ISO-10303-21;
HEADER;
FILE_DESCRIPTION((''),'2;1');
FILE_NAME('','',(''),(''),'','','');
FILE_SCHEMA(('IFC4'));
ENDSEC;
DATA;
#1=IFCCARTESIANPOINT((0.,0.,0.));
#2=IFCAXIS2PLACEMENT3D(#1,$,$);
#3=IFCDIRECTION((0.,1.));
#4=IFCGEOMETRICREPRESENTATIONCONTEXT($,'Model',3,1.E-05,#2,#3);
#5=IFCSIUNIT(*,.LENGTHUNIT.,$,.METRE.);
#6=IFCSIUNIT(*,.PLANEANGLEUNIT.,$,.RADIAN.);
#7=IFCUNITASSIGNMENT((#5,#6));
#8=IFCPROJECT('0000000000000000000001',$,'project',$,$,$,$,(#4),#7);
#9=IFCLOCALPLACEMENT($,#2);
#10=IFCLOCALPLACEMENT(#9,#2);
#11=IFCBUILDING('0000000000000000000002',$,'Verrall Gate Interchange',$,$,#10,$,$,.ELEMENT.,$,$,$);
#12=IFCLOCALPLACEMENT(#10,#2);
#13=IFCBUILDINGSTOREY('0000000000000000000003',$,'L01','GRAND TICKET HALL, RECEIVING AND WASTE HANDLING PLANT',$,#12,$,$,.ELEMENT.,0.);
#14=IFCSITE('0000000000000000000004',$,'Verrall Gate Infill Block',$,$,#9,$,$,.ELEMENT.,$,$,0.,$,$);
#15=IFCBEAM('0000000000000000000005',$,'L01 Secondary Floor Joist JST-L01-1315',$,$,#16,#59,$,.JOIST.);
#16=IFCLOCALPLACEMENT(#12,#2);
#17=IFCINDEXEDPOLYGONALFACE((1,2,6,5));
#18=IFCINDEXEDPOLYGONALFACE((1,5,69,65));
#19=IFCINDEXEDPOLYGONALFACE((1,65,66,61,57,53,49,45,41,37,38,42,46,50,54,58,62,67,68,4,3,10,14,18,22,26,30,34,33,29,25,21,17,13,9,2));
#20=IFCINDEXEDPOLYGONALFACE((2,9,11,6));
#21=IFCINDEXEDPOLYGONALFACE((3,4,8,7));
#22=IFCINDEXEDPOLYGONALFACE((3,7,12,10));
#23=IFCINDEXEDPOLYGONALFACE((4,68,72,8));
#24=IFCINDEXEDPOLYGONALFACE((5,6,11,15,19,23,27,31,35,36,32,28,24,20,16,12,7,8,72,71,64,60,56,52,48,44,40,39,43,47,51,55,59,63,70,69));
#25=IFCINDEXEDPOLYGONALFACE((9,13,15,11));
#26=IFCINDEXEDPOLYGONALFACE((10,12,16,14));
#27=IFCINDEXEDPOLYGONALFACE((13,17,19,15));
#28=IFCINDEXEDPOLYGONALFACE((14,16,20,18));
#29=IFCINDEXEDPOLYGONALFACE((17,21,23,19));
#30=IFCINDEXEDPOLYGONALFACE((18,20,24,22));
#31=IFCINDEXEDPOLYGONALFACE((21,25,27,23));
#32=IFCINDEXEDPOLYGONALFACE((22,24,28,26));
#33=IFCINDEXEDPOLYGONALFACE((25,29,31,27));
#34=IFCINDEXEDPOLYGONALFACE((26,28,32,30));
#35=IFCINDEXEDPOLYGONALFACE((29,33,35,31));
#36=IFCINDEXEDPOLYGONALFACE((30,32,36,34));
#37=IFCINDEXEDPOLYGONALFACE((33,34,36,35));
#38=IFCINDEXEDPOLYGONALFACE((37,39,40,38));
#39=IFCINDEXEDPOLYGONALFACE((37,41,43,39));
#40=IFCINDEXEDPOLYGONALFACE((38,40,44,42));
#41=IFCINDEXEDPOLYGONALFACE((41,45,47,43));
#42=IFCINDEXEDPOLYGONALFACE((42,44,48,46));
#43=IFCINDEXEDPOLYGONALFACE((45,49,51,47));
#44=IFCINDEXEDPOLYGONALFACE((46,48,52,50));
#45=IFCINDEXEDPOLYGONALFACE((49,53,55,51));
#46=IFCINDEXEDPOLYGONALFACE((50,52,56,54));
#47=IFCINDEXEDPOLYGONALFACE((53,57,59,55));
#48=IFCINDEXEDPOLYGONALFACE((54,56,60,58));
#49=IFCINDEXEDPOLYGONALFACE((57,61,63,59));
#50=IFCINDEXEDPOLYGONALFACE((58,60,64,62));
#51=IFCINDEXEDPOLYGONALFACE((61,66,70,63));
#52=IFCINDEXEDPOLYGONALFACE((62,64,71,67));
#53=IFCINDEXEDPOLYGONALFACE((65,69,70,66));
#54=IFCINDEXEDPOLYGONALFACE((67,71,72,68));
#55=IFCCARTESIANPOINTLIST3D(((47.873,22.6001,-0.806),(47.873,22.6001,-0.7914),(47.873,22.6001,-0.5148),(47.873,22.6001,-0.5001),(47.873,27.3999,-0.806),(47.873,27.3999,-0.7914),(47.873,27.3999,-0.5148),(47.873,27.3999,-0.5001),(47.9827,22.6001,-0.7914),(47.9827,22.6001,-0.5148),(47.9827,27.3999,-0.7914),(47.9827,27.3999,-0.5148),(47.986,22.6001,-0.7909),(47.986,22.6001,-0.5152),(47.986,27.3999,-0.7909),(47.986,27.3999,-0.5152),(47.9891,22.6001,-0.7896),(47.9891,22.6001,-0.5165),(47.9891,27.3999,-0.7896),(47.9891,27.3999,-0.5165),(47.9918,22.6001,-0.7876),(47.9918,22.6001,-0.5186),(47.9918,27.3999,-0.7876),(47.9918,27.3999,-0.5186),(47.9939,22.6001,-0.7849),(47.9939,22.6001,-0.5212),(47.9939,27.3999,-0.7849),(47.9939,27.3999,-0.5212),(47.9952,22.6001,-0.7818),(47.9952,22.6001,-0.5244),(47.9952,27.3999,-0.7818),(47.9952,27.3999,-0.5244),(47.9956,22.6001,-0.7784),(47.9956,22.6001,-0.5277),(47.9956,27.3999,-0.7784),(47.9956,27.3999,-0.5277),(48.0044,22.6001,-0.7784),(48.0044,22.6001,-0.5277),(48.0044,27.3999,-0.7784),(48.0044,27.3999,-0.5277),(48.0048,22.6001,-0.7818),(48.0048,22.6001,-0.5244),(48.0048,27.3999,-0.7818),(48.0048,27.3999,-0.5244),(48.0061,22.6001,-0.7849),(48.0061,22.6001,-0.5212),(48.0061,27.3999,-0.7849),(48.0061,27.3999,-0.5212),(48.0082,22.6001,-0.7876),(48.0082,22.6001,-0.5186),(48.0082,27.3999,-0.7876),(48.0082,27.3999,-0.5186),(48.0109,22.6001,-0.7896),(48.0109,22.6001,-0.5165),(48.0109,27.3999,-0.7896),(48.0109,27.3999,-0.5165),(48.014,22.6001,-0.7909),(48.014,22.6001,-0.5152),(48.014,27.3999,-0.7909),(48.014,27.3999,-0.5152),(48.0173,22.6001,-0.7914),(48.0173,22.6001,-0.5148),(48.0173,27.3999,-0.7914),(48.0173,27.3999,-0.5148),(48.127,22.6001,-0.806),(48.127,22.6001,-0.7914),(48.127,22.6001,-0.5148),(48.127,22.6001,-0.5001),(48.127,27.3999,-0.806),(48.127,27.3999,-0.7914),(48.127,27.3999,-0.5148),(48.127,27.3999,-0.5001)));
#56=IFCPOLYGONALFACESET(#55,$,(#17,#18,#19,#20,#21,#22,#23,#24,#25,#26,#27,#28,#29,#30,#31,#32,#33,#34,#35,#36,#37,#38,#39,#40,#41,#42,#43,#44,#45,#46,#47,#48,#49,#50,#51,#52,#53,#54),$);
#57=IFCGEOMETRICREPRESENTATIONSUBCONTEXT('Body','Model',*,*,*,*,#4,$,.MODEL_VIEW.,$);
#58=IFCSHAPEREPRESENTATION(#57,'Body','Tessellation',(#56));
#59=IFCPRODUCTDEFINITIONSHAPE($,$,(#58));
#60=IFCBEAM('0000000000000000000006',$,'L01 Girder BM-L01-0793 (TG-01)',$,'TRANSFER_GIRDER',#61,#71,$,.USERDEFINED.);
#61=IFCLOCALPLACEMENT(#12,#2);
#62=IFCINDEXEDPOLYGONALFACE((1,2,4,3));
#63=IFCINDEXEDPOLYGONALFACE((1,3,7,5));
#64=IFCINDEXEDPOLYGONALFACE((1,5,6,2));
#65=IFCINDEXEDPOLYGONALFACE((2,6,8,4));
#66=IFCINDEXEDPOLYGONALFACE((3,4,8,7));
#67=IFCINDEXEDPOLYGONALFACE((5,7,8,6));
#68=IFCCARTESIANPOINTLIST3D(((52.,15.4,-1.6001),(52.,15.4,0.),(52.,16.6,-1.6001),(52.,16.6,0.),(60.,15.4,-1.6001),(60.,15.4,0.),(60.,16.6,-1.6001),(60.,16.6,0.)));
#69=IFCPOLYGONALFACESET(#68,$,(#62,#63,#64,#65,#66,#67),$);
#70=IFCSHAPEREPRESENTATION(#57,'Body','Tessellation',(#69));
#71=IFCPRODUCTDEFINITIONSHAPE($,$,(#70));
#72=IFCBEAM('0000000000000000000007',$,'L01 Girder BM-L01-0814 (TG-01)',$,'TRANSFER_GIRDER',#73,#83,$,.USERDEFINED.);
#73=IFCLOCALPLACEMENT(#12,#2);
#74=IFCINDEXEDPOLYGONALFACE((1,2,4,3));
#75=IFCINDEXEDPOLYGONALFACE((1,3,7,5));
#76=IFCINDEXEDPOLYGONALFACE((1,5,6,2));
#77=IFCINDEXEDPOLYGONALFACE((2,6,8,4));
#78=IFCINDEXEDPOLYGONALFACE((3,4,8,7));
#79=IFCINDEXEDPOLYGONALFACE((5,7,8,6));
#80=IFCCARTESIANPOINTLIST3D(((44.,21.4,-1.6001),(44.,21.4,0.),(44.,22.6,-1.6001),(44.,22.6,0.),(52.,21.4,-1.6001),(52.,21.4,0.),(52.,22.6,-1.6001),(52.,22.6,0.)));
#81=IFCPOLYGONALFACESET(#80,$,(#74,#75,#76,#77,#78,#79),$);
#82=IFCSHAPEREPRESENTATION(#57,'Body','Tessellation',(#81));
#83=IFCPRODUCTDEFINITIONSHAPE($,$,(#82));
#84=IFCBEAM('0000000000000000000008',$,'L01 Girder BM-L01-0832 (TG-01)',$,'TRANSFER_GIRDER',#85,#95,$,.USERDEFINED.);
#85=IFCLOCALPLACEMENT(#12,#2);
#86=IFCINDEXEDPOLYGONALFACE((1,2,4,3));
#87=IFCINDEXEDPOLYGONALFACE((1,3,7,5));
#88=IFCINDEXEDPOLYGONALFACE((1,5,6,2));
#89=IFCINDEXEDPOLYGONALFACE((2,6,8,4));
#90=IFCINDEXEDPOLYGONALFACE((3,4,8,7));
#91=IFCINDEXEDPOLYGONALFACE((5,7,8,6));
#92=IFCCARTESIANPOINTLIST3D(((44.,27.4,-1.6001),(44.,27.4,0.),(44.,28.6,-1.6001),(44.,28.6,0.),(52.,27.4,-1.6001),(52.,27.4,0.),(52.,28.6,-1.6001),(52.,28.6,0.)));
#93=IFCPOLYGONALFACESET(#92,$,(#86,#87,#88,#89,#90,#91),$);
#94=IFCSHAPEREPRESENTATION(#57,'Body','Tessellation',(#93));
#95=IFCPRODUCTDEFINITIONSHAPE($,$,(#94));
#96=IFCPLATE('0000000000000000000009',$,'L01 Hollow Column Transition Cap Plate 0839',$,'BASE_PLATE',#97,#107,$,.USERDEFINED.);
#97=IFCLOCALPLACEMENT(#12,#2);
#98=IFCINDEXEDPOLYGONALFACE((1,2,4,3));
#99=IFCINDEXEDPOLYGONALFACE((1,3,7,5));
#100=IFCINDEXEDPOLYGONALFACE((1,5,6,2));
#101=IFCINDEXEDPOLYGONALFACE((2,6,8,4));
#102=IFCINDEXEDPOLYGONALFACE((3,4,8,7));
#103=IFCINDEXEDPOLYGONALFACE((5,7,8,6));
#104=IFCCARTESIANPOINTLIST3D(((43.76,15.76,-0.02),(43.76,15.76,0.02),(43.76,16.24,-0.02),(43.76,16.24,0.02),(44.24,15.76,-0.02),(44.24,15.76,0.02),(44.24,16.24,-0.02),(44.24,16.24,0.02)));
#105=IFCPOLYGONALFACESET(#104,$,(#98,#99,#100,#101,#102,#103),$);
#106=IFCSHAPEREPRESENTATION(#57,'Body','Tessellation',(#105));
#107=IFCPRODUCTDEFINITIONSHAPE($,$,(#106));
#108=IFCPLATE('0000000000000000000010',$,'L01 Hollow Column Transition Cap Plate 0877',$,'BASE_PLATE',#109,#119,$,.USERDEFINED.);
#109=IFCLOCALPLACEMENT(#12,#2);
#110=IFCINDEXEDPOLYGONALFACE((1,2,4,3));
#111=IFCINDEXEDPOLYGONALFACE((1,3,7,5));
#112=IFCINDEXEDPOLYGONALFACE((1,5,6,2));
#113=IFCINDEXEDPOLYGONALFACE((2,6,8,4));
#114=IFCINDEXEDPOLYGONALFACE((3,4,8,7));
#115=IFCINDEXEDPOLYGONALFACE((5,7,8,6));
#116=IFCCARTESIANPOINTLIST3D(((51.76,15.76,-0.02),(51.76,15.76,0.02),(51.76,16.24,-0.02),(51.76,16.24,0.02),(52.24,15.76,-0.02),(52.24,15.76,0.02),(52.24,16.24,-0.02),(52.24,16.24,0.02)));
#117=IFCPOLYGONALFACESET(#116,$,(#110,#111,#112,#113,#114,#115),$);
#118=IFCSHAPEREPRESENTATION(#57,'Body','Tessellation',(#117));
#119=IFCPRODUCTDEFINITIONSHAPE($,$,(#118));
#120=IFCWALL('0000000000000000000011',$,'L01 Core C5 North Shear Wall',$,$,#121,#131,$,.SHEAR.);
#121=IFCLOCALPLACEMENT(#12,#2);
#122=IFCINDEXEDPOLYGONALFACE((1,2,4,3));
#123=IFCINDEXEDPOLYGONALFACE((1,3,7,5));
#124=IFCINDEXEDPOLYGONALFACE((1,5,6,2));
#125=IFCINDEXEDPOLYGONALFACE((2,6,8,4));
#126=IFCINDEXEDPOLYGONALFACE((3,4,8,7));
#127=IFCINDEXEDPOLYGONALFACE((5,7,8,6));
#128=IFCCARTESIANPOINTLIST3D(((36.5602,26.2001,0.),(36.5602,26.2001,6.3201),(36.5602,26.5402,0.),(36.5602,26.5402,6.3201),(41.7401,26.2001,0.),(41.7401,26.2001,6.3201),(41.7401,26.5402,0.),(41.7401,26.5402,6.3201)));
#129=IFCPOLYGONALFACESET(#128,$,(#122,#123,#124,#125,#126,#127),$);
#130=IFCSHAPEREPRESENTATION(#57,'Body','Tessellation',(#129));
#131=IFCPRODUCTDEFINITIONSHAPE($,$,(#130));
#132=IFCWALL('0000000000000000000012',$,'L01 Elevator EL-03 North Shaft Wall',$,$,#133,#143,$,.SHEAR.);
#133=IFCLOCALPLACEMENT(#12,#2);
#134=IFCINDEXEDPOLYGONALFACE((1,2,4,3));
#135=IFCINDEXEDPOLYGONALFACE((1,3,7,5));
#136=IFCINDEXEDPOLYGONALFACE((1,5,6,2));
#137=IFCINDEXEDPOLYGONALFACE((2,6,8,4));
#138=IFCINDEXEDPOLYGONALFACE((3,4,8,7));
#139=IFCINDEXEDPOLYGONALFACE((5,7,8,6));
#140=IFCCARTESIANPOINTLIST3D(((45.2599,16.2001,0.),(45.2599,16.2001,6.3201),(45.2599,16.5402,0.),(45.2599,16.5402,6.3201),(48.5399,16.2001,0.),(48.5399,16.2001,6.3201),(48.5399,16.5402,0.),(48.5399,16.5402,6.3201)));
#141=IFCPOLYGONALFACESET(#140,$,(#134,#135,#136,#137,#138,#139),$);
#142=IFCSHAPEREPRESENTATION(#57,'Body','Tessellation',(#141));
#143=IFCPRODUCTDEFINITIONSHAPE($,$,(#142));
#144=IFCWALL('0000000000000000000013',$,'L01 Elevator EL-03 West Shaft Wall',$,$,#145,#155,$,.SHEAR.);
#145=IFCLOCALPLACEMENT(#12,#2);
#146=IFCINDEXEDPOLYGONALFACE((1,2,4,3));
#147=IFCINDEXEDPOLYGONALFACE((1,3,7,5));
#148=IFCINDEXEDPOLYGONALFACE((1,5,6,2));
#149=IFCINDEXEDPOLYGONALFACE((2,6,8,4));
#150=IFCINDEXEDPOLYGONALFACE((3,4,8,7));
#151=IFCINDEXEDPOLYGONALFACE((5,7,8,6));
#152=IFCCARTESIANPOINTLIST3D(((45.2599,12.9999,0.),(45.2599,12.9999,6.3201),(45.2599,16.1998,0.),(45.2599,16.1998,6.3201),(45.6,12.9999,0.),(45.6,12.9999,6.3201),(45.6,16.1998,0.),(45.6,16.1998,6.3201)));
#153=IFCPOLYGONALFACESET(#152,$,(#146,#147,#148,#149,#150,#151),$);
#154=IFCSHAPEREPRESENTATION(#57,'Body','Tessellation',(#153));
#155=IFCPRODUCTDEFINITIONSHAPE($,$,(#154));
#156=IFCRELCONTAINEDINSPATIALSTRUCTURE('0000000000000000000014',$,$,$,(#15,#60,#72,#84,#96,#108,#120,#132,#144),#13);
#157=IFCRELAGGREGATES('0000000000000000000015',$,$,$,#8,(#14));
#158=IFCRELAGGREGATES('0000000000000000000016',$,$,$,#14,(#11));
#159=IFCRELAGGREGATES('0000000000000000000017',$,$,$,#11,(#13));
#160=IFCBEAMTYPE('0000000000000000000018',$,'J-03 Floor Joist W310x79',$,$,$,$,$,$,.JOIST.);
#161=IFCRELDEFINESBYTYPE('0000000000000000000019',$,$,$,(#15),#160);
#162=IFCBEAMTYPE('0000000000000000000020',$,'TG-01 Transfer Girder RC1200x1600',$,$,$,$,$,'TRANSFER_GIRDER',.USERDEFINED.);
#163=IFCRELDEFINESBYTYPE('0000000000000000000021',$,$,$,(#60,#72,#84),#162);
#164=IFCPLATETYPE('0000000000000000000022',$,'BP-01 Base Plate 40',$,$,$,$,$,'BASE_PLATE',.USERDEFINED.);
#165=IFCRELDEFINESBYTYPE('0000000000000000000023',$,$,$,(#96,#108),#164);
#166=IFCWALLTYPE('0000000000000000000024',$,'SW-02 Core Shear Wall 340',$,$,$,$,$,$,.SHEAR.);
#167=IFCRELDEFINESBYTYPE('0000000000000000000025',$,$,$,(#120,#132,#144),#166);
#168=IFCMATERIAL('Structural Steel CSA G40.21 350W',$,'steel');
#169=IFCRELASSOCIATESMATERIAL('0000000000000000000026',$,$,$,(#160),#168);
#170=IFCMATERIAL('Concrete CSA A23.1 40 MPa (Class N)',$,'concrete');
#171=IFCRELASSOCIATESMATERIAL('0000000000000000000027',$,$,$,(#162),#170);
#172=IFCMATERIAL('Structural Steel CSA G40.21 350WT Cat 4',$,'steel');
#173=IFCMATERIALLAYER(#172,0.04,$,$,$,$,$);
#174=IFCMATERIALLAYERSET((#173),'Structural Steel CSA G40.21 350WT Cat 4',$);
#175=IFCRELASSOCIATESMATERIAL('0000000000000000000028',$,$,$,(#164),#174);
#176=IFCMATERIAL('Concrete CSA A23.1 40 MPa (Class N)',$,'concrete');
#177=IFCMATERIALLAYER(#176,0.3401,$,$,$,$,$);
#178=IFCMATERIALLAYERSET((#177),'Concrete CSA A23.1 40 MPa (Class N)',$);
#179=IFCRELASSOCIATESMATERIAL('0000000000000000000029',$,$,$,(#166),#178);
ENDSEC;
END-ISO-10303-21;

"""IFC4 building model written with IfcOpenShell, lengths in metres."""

from ifc_helpers import new_model, si_unit, direction, frame, frame_2d, origin, origin_2d, place, context, subcontext, project, spatial, rectangle, i_section, extrude, material, layer, layer_set, material_profile, profile_set, type_object, element, save


model = new_model("IFC4")

# Units and contexts
model_context = context("Model", 3, precision=1e-05, world=origin(), true_north=direction((0.0, 1.0)))
body_context = subcontext(model_context, "Body", "Model", "MODEL_VIEW")
ifc_project = project(units=[si_unit("LENGTHUNIT", "METRE"), si_unit("PLANEANGLEUNIT", "RADIAN")], contexts=[model_context])

# Site, building, storey
site_placement = place(None, origin())
site = spatial("IfcSite", under=ifc_project, at=site_placement, Name="Verrall Gate Infill Block", CompositionType="ELEMENT", RefElevation=0.0)
building_placement = place(site_placement, origin())
building = spatial("IfcBuilding", under=site, at=building_placement, Name="Verrall Gate Interchange", CompositionType="ELEMENT")
storey_placement = place(building_placement, origin())
storey = spatial("IfcBuildingStorey", under=building, at=storey_placement, Name="L01", Description="GRAND TICKET HALL, RECEIVING AND WASTE HANDLING PLANT", CompositionType="ELEMENT", Elevation=0.0)

# Beams
ifc_material_1 = material(Name="Structural Steel CSA G40.21 350W", Category="steel")
ifc_material_profile_1 = material_profile(ifc_material_1, i_section(OverallWidth=0.2539, OverallDepth=0.3059, WebThickness=0.0088, FlangeThickness=0.0146, FilletRadius=0.0129, at=origin_2d()), Name="W310x79")
ifc_profile_set_1 = profile_set([ifc_material_profile_1], Name="Structural Steel CSA G40.21 350W")
beam_type_1 = type_object("IfcBeamType", Name="J-03 Floor Joist W310x79", PredefinedType="JOIST", material=ifc_profile_set_1)
beam_placement = place(storey_placement, frame((48.0, 22.6001, -0.6531), z_axis=(0.0, 1.0, 0.0), x_axis=(-1.0, 0.0, 0.0)))
element("IfcBeam", 1, at=beam_placement, inside=storey, type_object=beam_type_1, Name="L01 Secondary Floor Joist JST-L01-1315", PredefinedType="JOIST", context=body_context, shape_type="SweptSolid", body=[
    extrude(i_section(OverallWidth=0.2539, OverallDepth=0.3059, WebThickness=0.0088, FlangeThickness=0.0146, FilletRadius=0.0129, at=origin_2d()), origin(), (0.0, 0.0, 1.0), 4.7998),
])
ifc_material_2 = material(Name="Concrete CSA A23.1 40 MPa (Class N)", Category="concrete")
ifc_material_profile_2 = material_profile(ifc_material_2, rectangle(XDim=1.2, YDim=1.6001, at=origin_2d()), Name="RC1200x1600")
ifc_profile_set_2 = profile_set([ifc_material_profile_2], Name="Concrete CSA A23.1 40 MPa (Class N)")
beam_type_2 = type_object("IfcBeamType", Name="TG-01 Transfer Girder RC1200x1600", ElementType="TRANSFER_GIRDER", PredefinedType="USERDEFINED", material=ifc_profile_set_2)
for number, where, z_axis, x_axis, name in (
    (2, (52.0, 16.0, -0.8), (1.0, 0.0, 0.0), (0.0, 1.0, 0.0), "L01 Girder BM-L01-0793 (TG-01)"),
    (3, (44.0, 22.0, -0.8), (1.0, 0.0, 0.0), (0.0, 1.0, 0.0), "L01 Girder BM-L01-0814 (TG-01)"),
    (4, (44.0, 28.0, -0.8), (1.0, 0.0, 0.0), (0.0, 1.0, 0.0), "L01 Girder BM-L01-0832 (TG-01)"),
):
    element("IfcBeam", number, at=place(storey_placement, frame(where, z_axis=z_axis, x_axis=x_axis)), inside=storey, type_object=beam_type_2, Name=name, ObjectType="TRANSFER_GIRDER", PredefinedType="USERDEFINED", context=body_context, shape_type="SweptSolid", body=[
        extrude(rectangle(XDim=1.2, YDim=1.6001, at=origin_2d()), origin(), (0.0, 0.0, 1.0), 8.0),
    ])

# Plates
ifc_material_3 = material(Name="Structural Steel CSA G40.21 350WT Cat 4", Category="steel")
ifc_layer_1 = layer(ifc_material_3, 0.04)
ifc_layer_set_1 = layer_set([ifc_layer_1], Name="Structural Steel CSA G40.21 350WT Cat 4")
plate_type = type_object("IfcPlateType", Name="BP-01 Base Plate 40", ElementType="BASE_PLATE", PredefinedType="USERDEFINED", material=ifc_layer_set_1)
for number, where, z_axis, x_axis, name in (
    (5, (44.0, 16.0, -0.02), (0.0, 0.0, 1.0), (1.0, 0.0, 0.0), "L01 Hollow Column Transition Cap Plate 0839"),
    (6, (52.0, 16.0, -0.02), (0.0, 0.0, 1.0), (1.0, 0.0, 0.0), "L01 Hollow Column Transition Cap Plate 0877"),
):
    element("IfcPlate", number, at=place(storey_placement, frame(where, z_axis=z_axis, x_axis=x_axis)), inside=storey, type_object=plate_type, Name=name, ObjectType="BASE_PLATE", PredefinedType="USERDEFINED", context=body_context, shape_type="SweptSolid", body=[
        extrude(rectangle(XDim=0.48, YDim=0.48, at=origin_2d()), origin(), (0.0, 0.0, 1.0), 0.04),
    ])

# Walls
ifc_material_4 = material(Name="Concrete CSA A23.1 40 MPa (Class N)", Category="concrete")
ifc_layer_2 = layer(ifc_material_4, 0.3401)
ifc_layer_set_2 = layer_set([ifc_layer_2], Name="Concrete CSA A23.1 40 MPa (Class N)")
wall_type = type_object("IfcWallType", Name="SW-02 Core Shear Wall 340", PredefinedType="SHEAR", material=ifc_layer_set_2)
wall_1_placement = place(storey_placement, frame((41.74, 26.3701, 0.0), z_axis=(0.0, 0.0, 1.0), x_axis=(-1.0, 0.0, 0.0)))
element("IfcWall", 7, at=wall_1_placement, inside=storey, type_object=wall_type, Name="L01 Core C5 North Shear Wall", PredefinedType="SHEAR", context=body_context, shape_type="SweptSolid", body=[
    extrude(rectangle(XDim=5.1799, YDim=0.3401, at=frame_2d((2.5898, 0.0))), origin(), (0.0, 0.0, 1.0), 6.3201),
])
wall_2_placement = place(storey_placement, frame((48.54, 16.3701, 0.0), z_axis=(0.0, 0.0, 1.0), x_axis=(-1.0, 0.0, 0.0)))
element("IfcWall", 8, at=wall_2_placement, inside=storey, type_object=wall_type, Name="L01 Elevator EL-03 North Shaft Wall", PredefinedType="SHEAR", context=body_context, shape_type="SweptSolid", body=[
    extrude(rectangle(XDim=3.28, YDim=0.3401, at=frame_2d((1.6401, 0.0))), origin(), (0.0, 0.0, 1.0), 6.3201),
])
wall_3_placement = place(storey_placement, frame((45.4299, 16.2, 0.0), z_axis=(0.0, 0.0, 1.0), x_axis=(0.0, -1.0, 0.0)))
element("IfcWall", 9, at=wall_3_placement, inside=storey, type_object=wall_type, Name="L01 Elevator EL-03 West Shaft Wall", PredefinedType="SHEAR", context=body_context, shape_type="SweptSolid", body=[
    extrude(rectangle(XDim=3.2, YDim=0.3401, at=frame_2d((1.6001, 0.0))), origin(), (0.0, 0.0, 1.0), 6.3201),
])

save(model, "model.ifc")
